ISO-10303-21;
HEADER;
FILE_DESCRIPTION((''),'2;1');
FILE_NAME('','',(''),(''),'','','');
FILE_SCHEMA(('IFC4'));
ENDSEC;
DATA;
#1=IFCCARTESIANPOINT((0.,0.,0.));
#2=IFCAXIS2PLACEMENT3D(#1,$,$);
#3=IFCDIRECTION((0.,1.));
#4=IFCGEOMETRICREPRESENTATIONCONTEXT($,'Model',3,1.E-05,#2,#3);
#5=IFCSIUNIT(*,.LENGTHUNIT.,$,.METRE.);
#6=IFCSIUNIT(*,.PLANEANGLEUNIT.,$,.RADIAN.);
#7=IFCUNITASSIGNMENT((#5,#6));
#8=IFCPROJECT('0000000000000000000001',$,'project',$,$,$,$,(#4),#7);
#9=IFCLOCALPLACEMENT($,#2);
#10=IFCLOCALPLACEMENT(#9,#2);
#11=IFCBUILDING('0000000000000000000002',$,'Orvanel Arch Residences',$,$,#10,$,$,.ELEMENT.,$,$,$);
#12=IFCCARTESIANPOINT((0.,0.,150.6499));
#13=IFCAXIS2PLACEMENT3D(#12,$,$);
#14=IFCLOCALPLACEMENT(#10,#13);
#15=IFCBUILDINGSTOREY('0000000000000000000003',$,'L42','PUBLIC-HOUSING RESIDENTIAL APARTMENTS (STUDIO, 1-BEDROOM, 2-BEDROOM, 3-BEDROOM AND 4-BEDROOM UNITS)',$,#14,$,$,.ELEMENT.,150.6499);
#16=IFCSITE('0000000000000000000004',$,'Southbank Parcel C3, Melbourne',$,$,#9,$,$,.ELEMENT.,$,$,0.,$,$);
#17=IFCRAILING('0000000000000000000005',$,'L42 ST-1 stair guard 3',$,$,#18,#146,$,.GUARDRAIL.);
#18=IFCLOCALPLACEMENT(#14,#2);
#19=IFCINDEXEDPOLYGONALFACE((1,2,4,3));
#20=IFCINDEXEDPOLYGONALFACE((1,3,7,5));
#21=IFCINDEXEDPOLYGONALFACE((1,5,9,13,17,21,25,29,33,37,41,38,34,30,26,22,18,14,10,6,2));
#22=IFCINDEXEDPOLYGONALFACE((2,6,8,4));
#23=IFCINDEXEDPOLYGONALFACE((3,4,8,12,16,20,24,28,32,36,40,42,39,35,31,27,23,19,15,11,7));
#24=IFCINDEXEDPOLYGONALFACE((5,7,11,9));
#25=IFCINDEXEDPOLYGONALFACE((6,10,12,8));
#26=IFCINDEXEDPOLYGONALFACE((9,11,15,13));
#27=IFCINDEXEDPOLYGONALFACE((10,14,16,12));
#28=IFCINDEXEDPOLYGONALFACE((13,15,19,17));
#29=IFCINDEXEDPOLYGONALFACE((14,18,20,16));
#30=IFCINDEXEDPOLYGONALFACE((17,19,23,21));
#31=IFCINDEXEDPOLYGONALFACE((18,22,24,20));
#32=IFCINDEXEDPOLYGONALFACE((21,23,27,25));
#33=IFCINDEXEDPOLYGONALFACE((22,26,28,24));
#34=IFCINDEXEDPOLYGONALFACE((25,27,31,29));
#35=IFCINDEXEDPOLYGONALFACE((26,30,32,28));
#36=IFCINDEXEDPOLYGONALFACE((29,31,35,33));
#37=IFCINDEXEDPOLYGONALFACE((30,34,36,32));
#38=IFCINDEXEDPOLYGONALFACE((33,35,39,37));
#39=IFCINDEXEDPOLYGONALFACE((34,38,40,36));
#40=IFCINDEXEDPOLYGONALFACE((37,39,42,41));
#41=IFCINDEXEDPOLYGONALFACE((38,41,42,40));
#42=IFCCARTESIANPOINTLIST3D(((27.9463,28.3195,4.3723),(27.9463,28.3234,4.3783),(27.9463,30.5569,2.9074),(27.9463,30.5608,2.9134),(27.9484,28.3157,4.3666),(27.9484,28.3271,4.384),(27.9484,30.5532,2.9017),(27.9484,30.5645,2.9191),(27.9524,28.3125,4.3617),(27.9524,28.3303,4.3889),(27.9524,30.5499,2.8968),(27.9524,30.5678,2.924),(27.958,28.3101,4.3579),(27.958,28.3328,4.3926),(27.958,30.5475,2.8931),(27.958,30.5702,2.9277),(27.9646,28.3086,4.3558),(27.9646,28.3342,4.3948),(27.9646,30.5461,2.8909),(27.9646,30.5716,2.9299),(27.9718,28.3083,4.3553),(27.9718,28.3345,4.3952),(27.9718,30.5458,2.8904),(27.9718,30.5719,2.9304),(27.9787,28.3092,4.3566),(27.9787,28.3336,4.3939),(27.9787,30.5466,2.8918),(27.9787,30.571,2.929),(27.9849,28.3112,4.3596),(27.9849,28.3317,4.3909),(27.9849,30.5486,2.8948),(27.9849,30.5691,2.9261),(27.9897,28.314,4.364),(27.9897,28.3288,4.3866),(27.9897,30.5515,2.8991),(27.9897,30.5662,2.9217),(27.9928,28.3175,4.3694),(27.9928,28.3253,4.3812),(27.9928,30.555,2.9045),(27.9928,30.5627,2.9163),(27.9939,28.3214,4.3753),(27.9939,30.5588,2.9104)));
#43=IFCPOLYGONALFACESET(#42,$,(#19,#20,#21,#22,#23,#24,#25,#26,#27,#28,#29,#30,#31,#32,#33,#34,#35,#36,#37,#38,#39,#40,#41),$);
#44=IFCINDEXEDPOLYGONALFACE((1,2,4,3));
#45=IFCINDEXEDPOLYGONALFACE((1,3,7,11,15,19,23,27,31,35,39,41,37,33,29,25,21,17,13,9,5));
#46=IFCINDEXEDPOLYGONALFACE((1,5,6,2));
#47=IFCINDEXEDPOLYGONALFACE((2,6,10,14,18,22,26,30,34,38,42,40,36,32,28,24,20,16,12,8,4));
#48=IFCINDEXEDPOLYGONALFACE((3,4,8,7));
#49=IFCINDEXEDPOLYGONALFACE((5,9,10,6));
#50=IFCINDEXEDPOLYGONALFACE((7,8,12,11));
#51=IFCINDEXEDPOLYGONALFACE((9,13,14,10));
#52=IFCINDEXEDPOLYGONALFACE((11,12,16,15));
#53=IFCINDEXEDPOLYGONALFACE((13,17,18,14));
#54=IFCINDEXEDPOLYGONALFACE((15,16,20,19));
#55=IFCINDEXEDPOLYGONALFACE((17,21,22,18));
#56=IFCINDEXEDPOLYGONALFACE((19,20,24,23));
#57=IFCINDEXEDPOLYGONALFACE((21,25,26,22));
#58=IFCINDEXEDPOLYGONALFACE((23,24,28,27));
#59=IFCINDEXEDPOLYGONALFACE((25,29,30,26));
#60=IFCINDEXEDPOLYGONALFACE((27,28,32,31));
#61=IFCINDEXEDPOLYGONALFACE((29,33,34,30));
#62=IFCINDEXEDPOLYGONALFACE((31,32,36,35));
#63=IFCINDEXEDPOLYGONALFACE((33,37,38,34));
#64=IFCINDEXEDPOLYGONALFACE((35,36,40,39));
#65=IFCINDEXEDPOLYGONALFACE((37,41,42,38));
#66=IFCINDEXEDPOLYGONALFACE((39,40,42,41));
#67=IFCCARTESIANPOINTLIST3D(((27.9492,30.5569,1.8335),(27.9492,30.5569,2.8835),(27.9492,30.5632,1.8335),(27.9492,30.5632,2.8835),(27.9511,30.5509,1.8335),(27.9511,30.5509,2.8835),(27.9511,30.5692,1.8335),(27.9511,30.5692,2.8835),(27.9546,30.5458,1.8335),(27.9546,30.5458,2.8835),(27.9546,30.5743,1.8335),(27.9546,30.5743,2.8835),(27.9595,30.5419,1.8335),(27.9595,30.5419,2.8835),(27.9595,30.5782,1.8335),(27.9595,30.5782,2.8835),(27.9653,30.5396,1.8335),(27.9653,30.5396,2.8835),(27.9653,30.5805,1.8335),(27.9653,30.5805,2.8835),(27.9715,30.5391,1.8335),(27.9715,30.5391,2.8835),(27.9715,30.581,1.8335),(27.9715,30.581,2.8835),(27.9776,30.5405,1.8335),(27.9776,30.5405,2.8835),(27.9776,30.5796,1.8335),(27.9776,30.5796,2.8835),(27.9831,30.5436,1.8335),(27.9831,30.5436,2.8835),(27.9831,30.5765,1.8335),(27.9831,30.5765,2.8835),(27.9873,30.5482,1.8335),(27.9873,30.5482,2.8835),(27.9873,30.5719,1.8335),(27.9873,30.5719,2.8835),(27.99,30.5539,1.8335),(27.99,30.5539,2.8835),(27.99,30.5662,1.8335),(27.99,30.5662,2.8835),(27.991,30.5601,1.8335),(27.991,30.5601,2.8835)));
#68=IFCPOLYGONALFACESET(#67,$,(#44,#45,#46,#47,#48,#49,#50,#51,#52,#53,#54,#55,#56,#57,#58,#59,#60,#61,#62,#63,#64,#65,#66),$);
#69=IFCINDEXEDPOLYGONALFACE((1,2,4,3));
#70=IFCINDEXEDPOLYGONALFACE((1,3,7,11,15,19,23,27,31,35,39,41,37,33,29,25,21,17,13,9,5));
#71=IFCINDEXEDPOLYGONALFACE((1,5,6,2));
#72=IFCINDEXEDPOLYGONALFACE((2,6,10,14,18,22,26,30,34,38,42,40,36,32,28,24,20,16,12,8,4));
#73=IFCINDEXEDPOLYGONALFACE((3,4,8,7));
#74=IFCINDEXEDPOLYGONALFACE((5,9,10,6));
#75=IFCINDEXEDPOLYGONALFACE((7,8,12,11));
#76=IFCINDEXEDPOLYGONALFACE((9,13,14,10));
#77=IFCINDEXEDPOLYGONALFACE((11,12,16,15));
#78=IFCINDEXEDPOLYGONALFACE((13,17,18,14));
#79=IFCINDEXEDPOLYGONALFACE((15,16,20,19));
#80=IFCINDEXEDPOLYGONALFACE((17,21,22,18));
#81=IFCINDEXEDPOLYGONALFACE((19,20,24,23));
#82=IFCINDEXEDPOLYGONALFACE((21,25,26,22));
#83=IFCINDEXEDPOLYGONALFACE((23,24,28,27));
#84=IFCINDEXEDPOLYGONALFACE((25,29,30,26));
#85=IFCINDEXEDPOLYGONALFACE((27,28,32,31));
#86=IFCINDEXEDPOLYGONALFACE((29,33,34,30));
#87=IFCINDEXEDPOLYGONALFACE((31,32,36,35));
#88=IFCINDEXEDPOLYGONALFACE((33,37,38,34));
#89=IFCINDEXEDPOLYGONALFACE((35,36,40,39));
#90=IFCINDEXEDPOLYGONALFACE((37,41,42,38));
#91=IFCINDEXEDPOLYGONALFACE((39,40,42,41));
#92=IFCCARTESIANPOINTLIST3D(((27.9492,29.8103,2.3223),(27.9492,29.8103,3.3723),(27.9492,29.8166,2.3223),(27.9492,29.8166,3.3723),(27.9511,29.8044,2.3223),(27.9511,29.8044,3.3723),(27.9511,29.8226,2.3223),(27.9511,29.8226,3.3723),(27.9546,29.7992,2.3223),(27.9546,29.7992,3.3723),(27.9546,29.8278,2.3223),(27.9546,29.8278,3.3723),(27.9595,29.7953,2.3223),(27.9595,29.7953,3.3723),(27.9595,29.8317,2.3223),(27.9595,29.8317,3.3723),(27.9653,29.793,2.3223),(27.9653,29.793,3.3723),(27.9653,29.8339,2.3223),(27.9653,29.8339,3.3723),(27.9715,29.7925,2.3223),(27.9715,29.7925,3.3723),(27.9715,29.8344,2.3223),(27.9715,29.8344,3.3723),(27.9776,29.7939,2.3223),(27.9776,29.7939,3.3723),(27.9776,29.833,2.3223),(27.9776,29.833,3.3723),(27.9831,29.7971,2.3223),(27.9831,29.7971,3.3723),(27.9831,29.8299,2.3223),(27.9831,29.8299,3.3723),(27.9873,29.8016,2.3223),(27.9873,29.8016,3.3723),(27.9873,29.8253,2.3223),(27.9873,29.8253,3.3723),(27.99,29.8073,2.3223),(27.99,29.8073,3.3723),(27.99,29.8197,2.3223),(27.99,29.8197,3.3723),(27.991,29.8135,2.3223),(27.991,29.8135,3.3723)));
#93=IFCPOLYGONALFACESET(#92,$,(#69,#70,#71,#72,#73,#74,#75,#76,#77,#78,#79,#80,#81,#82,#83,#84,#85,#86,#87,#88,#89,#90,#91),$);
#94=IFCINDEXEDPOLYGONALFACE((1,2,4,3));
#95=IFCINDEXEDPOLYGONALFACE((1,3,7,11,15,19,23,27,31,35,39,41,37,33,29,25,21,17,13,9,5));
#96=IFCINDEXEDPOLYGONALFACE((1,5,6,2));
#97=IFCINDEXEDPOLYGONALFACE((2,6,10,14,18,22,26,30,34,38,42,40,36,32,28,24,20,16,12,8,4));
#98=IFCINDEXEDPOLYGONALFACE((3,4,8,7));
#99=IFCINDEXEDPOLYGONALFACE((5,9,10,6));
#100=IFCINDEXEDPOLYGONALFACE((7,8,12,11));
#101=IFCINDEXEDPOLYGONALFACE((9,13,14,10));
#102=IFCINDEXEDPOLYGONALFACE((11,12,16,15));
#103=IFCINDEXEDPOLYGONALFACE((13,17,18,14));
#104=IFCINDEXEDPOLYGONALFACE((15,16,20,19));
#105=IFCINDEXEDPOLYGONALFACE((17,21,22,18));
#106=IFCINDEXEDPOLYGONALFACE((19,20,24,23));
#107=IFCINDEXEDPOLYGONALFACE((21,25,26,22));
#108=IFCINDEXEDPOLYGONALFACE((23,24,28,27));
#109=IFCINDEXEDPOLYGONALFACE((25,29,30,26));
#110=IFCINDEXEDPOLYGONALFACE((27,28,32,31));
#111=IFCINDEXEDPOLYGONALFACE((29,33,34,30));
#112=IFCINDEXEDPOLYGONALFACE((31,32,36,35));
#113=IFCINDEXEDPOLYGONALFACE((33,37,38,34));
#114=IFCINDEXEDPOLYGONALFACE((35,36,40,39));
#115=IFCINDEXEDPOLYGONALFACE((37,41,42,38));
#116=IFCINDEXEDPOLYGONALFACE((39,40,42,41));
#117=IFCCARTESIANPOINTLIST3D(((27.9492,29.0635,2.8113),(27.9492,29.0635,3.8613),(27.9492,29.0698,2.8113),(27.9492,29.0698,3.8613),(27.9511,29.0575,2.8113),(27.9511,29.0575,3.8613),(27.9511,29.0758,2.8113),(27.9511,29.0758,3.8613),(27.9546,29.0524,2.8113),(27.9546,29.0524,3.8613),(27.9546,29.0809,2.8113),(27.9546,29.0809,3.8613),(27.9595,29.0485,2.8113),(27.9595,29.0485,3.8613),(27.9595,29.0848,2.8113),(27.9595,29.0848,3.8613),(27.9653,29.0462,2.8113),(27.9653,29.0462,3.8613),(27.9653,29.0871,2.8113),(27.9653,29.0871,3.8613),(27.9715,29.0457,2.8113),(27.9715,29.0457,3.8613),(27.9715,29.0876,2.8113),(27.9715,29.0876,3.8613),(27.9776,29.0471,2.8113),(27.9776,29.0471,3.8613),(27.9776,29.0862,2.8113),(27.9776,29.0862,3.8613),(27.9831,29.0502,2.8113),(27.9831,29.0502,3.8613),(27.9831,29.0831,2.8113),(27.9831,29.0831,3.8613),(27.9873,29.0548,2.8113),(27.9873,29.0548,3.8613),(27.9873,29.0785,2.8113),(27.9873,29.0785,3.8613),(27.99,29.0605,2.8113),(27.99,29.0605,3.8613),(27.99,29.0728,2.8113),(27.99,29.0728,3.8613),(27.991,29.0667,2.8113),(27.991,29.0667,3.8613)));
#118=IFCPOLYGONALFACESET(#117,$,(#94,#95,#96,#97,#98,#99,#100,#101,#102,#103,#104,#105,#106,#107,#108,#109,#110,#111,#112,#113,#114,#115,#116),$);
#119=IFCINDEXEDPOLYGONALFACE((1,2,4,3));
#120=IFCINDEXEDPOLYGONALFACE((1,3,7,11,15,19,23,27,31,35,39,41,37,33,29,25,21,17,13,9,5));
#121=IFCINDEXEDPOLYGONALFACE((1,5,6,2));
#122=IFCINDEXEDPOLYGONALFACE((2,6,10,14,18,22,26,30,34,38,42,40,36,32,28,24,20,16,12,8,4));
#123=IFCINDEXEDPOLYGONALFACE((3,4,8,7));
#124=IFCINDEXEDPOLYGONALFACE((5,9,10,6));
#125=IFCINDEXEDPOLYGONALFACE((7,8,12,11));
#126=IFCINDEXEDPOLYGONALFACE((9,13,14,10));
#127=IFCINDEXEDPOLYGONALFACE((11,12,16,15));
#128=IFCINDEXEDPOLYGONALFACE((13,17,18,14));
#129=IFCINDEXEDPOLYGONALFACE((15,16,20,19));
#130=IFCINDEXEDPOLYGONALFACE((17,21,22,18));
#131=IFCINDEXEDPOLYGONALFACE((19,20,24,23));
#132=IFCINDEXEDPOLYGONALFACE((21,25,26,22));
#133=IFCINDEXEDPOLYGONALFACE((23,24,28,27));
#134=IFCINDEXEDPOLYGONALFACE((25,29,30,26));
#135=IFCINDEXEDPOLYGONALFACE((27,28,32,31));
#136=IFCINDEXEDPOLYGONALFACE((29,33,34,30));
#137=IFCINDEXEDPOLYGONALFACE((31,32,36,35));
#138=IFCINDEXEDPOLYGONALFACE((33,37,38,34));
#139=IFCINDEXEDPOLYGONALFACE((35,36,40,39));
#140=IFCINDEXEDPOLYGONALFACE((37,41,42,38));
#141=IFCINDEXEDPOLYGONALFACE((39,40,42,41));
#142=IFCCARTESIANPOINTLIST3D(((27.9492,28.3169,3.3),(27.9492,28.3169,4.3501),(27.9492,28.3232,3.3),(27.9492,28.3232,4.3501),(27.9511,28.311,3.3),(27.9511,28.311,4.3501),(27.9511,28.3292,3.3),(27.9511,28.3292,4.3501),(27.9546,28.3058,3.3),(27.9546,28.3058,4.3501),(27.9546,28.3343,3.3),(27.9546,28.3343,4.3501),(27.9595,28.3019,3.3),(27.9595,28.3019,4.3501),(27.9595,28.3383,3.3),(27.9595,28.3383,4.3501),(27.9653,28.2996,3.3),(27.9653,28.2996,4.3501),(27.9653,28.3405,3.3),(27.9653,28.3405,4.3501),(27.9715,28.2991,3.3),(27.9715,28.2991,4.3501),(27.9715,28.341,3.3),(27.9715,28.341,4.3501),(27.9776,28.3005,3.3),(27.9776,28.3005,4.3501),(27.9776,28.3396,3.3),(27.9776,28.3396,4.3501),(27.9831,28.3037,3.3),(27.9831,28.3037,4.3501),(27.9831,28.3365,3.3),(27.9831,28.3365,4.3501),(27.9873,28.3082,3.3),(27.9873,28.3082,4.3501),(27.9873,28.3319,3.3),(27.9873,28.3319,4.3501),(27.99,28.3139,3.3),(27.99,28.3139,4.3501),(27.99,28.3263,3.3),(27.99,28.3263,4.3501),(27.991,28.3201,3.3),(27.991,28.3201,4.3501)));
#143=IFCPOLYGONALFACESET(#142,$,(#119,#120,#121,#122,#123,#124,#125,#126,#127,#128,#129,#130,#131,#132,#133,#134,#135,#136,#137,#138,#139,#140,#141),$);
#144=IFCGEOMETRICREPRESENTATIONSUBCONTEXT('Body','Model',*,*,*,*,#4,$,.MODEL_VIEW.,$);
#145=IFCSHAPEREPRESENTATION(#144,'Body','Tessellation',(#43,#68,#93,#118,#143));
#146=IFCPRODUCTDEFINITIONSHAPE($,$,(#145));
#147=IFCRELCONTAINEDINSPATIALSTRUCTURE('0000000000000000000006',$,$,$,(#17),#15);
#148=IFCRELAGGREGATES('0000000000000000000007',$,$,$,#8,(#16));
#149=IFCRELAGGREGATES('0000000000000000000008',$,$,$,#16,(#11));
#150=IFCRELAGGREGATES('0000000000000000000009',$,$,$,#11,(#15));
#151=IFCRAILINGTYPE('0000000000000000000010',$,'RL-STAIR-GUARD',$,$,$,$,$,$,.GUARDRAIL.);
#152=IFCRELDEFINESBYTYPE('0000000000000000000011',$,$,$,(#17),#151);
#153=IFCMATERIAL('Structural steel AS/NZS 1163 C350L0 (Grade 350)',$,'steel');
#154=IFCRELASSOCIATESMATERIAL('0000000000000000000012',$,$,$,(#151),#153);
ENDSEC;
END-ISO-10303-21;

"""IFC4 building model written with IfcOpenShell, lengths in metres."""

from ifc_helpers import new_model, si_unit, direction, frame, origin, origin_2d, place, context, subcontext, project, spatial, circle, extrude, material, type_object, element, save


model = new_model("IFC4")

# Units and contexts
model_context = context("Model", 3, precision=1e-05, world=origin(), true_north=direction((0.0, 1.0)))
body_context = subcontext(model_context, "Body", "Model", "MODEL_VIEW")
ifc_project = project(units=[si_unit("LENGTHUNIT", "METRE"), si_unit("PLANEANGLEUNIT", "RADIAN")], contexts=[model_context])

# Site, building, storey
site_placement = place(None, origin())
site = spatial("IfcSite", under=ifc_project, at=site_placement, Name="Southbank Parcel C3, Melbourne", CompositionType="ELEMENT", RefElevation=0.0)
building_placement = place(site_placement, origin())
building = spatial("IfcBuilding", under=site, at=building_placement, Name="Orvanel Arch Residences", CompositionType="ELEMENT")
storey_placement = place(building_placement, frame((0.0, 0.0, 150.6499)))
storey = spatial("IfcBuildingStorey", under=building, at=storey_placement, Name="L42", Description="PUBLIC-HOUSING RESIDENTIAL APARTMENTS (STUDIO, 1-BEDROOM, 2-BEDROOM, 3-BEDROOM AND 4-BEDROOM UNITS)", CompositionType="ELEMENT", Elevation=150.6499)

# Railing
ifc_material_1 = material(Name="Structural steel AS/NZS 1163 C350L0 (Grade 350)", Category="steel")
railing_type_1 = type_object("IfcRailingType", Name="RL-STAIR-GUARD", PredefinedType="GUARDRAIL", material=ifc_material_1)
railing_1_placement = place(storey_placement, frame((27.97, 30.5601, 1.8335)))
element("IfcRailing", 1, at=railing_1_placement, inside=storey, type_object=railing_type_1, Name="L42 ST-1 stair guard 3", PredefinedType="GUARDRAIL", context=body_context, shape_type="SweptSolid", body=[
    extrude(circle(Radius=0.0239, at=origin_2d()), frame((0.0, -0.0012, 1.0769), z_axis=(0.0, -0.836637, 0.547758), x_axis=(1.0, 0.0, 0.0)), (0.0, 0.0, 1.0), 2.6743),
    extrude(circle(Radius=0.021, at=origin_2d()), origin(), (0.0, 0.0, 1.0), 1.05),
    extrude(circle(Radius=0.021, at=origin_2d()), frame((0.0, -0.7466, 0.4888)), (0.0, 0.0, 1.0), 1.05),
    extrude(circle(Radius=0.021, at=origin_2d()), frame((0.0, -1.4934, 0.9778)), (0.0, 0.0, 1.0), 1.05),
    extrude(circle(Radius=0.021, at=origin_2d()), frame((0.0, -2.24, 1.4666)), (0.0, 0.0, 1.0), 1.05),
])

save(model, "model.ifc")
